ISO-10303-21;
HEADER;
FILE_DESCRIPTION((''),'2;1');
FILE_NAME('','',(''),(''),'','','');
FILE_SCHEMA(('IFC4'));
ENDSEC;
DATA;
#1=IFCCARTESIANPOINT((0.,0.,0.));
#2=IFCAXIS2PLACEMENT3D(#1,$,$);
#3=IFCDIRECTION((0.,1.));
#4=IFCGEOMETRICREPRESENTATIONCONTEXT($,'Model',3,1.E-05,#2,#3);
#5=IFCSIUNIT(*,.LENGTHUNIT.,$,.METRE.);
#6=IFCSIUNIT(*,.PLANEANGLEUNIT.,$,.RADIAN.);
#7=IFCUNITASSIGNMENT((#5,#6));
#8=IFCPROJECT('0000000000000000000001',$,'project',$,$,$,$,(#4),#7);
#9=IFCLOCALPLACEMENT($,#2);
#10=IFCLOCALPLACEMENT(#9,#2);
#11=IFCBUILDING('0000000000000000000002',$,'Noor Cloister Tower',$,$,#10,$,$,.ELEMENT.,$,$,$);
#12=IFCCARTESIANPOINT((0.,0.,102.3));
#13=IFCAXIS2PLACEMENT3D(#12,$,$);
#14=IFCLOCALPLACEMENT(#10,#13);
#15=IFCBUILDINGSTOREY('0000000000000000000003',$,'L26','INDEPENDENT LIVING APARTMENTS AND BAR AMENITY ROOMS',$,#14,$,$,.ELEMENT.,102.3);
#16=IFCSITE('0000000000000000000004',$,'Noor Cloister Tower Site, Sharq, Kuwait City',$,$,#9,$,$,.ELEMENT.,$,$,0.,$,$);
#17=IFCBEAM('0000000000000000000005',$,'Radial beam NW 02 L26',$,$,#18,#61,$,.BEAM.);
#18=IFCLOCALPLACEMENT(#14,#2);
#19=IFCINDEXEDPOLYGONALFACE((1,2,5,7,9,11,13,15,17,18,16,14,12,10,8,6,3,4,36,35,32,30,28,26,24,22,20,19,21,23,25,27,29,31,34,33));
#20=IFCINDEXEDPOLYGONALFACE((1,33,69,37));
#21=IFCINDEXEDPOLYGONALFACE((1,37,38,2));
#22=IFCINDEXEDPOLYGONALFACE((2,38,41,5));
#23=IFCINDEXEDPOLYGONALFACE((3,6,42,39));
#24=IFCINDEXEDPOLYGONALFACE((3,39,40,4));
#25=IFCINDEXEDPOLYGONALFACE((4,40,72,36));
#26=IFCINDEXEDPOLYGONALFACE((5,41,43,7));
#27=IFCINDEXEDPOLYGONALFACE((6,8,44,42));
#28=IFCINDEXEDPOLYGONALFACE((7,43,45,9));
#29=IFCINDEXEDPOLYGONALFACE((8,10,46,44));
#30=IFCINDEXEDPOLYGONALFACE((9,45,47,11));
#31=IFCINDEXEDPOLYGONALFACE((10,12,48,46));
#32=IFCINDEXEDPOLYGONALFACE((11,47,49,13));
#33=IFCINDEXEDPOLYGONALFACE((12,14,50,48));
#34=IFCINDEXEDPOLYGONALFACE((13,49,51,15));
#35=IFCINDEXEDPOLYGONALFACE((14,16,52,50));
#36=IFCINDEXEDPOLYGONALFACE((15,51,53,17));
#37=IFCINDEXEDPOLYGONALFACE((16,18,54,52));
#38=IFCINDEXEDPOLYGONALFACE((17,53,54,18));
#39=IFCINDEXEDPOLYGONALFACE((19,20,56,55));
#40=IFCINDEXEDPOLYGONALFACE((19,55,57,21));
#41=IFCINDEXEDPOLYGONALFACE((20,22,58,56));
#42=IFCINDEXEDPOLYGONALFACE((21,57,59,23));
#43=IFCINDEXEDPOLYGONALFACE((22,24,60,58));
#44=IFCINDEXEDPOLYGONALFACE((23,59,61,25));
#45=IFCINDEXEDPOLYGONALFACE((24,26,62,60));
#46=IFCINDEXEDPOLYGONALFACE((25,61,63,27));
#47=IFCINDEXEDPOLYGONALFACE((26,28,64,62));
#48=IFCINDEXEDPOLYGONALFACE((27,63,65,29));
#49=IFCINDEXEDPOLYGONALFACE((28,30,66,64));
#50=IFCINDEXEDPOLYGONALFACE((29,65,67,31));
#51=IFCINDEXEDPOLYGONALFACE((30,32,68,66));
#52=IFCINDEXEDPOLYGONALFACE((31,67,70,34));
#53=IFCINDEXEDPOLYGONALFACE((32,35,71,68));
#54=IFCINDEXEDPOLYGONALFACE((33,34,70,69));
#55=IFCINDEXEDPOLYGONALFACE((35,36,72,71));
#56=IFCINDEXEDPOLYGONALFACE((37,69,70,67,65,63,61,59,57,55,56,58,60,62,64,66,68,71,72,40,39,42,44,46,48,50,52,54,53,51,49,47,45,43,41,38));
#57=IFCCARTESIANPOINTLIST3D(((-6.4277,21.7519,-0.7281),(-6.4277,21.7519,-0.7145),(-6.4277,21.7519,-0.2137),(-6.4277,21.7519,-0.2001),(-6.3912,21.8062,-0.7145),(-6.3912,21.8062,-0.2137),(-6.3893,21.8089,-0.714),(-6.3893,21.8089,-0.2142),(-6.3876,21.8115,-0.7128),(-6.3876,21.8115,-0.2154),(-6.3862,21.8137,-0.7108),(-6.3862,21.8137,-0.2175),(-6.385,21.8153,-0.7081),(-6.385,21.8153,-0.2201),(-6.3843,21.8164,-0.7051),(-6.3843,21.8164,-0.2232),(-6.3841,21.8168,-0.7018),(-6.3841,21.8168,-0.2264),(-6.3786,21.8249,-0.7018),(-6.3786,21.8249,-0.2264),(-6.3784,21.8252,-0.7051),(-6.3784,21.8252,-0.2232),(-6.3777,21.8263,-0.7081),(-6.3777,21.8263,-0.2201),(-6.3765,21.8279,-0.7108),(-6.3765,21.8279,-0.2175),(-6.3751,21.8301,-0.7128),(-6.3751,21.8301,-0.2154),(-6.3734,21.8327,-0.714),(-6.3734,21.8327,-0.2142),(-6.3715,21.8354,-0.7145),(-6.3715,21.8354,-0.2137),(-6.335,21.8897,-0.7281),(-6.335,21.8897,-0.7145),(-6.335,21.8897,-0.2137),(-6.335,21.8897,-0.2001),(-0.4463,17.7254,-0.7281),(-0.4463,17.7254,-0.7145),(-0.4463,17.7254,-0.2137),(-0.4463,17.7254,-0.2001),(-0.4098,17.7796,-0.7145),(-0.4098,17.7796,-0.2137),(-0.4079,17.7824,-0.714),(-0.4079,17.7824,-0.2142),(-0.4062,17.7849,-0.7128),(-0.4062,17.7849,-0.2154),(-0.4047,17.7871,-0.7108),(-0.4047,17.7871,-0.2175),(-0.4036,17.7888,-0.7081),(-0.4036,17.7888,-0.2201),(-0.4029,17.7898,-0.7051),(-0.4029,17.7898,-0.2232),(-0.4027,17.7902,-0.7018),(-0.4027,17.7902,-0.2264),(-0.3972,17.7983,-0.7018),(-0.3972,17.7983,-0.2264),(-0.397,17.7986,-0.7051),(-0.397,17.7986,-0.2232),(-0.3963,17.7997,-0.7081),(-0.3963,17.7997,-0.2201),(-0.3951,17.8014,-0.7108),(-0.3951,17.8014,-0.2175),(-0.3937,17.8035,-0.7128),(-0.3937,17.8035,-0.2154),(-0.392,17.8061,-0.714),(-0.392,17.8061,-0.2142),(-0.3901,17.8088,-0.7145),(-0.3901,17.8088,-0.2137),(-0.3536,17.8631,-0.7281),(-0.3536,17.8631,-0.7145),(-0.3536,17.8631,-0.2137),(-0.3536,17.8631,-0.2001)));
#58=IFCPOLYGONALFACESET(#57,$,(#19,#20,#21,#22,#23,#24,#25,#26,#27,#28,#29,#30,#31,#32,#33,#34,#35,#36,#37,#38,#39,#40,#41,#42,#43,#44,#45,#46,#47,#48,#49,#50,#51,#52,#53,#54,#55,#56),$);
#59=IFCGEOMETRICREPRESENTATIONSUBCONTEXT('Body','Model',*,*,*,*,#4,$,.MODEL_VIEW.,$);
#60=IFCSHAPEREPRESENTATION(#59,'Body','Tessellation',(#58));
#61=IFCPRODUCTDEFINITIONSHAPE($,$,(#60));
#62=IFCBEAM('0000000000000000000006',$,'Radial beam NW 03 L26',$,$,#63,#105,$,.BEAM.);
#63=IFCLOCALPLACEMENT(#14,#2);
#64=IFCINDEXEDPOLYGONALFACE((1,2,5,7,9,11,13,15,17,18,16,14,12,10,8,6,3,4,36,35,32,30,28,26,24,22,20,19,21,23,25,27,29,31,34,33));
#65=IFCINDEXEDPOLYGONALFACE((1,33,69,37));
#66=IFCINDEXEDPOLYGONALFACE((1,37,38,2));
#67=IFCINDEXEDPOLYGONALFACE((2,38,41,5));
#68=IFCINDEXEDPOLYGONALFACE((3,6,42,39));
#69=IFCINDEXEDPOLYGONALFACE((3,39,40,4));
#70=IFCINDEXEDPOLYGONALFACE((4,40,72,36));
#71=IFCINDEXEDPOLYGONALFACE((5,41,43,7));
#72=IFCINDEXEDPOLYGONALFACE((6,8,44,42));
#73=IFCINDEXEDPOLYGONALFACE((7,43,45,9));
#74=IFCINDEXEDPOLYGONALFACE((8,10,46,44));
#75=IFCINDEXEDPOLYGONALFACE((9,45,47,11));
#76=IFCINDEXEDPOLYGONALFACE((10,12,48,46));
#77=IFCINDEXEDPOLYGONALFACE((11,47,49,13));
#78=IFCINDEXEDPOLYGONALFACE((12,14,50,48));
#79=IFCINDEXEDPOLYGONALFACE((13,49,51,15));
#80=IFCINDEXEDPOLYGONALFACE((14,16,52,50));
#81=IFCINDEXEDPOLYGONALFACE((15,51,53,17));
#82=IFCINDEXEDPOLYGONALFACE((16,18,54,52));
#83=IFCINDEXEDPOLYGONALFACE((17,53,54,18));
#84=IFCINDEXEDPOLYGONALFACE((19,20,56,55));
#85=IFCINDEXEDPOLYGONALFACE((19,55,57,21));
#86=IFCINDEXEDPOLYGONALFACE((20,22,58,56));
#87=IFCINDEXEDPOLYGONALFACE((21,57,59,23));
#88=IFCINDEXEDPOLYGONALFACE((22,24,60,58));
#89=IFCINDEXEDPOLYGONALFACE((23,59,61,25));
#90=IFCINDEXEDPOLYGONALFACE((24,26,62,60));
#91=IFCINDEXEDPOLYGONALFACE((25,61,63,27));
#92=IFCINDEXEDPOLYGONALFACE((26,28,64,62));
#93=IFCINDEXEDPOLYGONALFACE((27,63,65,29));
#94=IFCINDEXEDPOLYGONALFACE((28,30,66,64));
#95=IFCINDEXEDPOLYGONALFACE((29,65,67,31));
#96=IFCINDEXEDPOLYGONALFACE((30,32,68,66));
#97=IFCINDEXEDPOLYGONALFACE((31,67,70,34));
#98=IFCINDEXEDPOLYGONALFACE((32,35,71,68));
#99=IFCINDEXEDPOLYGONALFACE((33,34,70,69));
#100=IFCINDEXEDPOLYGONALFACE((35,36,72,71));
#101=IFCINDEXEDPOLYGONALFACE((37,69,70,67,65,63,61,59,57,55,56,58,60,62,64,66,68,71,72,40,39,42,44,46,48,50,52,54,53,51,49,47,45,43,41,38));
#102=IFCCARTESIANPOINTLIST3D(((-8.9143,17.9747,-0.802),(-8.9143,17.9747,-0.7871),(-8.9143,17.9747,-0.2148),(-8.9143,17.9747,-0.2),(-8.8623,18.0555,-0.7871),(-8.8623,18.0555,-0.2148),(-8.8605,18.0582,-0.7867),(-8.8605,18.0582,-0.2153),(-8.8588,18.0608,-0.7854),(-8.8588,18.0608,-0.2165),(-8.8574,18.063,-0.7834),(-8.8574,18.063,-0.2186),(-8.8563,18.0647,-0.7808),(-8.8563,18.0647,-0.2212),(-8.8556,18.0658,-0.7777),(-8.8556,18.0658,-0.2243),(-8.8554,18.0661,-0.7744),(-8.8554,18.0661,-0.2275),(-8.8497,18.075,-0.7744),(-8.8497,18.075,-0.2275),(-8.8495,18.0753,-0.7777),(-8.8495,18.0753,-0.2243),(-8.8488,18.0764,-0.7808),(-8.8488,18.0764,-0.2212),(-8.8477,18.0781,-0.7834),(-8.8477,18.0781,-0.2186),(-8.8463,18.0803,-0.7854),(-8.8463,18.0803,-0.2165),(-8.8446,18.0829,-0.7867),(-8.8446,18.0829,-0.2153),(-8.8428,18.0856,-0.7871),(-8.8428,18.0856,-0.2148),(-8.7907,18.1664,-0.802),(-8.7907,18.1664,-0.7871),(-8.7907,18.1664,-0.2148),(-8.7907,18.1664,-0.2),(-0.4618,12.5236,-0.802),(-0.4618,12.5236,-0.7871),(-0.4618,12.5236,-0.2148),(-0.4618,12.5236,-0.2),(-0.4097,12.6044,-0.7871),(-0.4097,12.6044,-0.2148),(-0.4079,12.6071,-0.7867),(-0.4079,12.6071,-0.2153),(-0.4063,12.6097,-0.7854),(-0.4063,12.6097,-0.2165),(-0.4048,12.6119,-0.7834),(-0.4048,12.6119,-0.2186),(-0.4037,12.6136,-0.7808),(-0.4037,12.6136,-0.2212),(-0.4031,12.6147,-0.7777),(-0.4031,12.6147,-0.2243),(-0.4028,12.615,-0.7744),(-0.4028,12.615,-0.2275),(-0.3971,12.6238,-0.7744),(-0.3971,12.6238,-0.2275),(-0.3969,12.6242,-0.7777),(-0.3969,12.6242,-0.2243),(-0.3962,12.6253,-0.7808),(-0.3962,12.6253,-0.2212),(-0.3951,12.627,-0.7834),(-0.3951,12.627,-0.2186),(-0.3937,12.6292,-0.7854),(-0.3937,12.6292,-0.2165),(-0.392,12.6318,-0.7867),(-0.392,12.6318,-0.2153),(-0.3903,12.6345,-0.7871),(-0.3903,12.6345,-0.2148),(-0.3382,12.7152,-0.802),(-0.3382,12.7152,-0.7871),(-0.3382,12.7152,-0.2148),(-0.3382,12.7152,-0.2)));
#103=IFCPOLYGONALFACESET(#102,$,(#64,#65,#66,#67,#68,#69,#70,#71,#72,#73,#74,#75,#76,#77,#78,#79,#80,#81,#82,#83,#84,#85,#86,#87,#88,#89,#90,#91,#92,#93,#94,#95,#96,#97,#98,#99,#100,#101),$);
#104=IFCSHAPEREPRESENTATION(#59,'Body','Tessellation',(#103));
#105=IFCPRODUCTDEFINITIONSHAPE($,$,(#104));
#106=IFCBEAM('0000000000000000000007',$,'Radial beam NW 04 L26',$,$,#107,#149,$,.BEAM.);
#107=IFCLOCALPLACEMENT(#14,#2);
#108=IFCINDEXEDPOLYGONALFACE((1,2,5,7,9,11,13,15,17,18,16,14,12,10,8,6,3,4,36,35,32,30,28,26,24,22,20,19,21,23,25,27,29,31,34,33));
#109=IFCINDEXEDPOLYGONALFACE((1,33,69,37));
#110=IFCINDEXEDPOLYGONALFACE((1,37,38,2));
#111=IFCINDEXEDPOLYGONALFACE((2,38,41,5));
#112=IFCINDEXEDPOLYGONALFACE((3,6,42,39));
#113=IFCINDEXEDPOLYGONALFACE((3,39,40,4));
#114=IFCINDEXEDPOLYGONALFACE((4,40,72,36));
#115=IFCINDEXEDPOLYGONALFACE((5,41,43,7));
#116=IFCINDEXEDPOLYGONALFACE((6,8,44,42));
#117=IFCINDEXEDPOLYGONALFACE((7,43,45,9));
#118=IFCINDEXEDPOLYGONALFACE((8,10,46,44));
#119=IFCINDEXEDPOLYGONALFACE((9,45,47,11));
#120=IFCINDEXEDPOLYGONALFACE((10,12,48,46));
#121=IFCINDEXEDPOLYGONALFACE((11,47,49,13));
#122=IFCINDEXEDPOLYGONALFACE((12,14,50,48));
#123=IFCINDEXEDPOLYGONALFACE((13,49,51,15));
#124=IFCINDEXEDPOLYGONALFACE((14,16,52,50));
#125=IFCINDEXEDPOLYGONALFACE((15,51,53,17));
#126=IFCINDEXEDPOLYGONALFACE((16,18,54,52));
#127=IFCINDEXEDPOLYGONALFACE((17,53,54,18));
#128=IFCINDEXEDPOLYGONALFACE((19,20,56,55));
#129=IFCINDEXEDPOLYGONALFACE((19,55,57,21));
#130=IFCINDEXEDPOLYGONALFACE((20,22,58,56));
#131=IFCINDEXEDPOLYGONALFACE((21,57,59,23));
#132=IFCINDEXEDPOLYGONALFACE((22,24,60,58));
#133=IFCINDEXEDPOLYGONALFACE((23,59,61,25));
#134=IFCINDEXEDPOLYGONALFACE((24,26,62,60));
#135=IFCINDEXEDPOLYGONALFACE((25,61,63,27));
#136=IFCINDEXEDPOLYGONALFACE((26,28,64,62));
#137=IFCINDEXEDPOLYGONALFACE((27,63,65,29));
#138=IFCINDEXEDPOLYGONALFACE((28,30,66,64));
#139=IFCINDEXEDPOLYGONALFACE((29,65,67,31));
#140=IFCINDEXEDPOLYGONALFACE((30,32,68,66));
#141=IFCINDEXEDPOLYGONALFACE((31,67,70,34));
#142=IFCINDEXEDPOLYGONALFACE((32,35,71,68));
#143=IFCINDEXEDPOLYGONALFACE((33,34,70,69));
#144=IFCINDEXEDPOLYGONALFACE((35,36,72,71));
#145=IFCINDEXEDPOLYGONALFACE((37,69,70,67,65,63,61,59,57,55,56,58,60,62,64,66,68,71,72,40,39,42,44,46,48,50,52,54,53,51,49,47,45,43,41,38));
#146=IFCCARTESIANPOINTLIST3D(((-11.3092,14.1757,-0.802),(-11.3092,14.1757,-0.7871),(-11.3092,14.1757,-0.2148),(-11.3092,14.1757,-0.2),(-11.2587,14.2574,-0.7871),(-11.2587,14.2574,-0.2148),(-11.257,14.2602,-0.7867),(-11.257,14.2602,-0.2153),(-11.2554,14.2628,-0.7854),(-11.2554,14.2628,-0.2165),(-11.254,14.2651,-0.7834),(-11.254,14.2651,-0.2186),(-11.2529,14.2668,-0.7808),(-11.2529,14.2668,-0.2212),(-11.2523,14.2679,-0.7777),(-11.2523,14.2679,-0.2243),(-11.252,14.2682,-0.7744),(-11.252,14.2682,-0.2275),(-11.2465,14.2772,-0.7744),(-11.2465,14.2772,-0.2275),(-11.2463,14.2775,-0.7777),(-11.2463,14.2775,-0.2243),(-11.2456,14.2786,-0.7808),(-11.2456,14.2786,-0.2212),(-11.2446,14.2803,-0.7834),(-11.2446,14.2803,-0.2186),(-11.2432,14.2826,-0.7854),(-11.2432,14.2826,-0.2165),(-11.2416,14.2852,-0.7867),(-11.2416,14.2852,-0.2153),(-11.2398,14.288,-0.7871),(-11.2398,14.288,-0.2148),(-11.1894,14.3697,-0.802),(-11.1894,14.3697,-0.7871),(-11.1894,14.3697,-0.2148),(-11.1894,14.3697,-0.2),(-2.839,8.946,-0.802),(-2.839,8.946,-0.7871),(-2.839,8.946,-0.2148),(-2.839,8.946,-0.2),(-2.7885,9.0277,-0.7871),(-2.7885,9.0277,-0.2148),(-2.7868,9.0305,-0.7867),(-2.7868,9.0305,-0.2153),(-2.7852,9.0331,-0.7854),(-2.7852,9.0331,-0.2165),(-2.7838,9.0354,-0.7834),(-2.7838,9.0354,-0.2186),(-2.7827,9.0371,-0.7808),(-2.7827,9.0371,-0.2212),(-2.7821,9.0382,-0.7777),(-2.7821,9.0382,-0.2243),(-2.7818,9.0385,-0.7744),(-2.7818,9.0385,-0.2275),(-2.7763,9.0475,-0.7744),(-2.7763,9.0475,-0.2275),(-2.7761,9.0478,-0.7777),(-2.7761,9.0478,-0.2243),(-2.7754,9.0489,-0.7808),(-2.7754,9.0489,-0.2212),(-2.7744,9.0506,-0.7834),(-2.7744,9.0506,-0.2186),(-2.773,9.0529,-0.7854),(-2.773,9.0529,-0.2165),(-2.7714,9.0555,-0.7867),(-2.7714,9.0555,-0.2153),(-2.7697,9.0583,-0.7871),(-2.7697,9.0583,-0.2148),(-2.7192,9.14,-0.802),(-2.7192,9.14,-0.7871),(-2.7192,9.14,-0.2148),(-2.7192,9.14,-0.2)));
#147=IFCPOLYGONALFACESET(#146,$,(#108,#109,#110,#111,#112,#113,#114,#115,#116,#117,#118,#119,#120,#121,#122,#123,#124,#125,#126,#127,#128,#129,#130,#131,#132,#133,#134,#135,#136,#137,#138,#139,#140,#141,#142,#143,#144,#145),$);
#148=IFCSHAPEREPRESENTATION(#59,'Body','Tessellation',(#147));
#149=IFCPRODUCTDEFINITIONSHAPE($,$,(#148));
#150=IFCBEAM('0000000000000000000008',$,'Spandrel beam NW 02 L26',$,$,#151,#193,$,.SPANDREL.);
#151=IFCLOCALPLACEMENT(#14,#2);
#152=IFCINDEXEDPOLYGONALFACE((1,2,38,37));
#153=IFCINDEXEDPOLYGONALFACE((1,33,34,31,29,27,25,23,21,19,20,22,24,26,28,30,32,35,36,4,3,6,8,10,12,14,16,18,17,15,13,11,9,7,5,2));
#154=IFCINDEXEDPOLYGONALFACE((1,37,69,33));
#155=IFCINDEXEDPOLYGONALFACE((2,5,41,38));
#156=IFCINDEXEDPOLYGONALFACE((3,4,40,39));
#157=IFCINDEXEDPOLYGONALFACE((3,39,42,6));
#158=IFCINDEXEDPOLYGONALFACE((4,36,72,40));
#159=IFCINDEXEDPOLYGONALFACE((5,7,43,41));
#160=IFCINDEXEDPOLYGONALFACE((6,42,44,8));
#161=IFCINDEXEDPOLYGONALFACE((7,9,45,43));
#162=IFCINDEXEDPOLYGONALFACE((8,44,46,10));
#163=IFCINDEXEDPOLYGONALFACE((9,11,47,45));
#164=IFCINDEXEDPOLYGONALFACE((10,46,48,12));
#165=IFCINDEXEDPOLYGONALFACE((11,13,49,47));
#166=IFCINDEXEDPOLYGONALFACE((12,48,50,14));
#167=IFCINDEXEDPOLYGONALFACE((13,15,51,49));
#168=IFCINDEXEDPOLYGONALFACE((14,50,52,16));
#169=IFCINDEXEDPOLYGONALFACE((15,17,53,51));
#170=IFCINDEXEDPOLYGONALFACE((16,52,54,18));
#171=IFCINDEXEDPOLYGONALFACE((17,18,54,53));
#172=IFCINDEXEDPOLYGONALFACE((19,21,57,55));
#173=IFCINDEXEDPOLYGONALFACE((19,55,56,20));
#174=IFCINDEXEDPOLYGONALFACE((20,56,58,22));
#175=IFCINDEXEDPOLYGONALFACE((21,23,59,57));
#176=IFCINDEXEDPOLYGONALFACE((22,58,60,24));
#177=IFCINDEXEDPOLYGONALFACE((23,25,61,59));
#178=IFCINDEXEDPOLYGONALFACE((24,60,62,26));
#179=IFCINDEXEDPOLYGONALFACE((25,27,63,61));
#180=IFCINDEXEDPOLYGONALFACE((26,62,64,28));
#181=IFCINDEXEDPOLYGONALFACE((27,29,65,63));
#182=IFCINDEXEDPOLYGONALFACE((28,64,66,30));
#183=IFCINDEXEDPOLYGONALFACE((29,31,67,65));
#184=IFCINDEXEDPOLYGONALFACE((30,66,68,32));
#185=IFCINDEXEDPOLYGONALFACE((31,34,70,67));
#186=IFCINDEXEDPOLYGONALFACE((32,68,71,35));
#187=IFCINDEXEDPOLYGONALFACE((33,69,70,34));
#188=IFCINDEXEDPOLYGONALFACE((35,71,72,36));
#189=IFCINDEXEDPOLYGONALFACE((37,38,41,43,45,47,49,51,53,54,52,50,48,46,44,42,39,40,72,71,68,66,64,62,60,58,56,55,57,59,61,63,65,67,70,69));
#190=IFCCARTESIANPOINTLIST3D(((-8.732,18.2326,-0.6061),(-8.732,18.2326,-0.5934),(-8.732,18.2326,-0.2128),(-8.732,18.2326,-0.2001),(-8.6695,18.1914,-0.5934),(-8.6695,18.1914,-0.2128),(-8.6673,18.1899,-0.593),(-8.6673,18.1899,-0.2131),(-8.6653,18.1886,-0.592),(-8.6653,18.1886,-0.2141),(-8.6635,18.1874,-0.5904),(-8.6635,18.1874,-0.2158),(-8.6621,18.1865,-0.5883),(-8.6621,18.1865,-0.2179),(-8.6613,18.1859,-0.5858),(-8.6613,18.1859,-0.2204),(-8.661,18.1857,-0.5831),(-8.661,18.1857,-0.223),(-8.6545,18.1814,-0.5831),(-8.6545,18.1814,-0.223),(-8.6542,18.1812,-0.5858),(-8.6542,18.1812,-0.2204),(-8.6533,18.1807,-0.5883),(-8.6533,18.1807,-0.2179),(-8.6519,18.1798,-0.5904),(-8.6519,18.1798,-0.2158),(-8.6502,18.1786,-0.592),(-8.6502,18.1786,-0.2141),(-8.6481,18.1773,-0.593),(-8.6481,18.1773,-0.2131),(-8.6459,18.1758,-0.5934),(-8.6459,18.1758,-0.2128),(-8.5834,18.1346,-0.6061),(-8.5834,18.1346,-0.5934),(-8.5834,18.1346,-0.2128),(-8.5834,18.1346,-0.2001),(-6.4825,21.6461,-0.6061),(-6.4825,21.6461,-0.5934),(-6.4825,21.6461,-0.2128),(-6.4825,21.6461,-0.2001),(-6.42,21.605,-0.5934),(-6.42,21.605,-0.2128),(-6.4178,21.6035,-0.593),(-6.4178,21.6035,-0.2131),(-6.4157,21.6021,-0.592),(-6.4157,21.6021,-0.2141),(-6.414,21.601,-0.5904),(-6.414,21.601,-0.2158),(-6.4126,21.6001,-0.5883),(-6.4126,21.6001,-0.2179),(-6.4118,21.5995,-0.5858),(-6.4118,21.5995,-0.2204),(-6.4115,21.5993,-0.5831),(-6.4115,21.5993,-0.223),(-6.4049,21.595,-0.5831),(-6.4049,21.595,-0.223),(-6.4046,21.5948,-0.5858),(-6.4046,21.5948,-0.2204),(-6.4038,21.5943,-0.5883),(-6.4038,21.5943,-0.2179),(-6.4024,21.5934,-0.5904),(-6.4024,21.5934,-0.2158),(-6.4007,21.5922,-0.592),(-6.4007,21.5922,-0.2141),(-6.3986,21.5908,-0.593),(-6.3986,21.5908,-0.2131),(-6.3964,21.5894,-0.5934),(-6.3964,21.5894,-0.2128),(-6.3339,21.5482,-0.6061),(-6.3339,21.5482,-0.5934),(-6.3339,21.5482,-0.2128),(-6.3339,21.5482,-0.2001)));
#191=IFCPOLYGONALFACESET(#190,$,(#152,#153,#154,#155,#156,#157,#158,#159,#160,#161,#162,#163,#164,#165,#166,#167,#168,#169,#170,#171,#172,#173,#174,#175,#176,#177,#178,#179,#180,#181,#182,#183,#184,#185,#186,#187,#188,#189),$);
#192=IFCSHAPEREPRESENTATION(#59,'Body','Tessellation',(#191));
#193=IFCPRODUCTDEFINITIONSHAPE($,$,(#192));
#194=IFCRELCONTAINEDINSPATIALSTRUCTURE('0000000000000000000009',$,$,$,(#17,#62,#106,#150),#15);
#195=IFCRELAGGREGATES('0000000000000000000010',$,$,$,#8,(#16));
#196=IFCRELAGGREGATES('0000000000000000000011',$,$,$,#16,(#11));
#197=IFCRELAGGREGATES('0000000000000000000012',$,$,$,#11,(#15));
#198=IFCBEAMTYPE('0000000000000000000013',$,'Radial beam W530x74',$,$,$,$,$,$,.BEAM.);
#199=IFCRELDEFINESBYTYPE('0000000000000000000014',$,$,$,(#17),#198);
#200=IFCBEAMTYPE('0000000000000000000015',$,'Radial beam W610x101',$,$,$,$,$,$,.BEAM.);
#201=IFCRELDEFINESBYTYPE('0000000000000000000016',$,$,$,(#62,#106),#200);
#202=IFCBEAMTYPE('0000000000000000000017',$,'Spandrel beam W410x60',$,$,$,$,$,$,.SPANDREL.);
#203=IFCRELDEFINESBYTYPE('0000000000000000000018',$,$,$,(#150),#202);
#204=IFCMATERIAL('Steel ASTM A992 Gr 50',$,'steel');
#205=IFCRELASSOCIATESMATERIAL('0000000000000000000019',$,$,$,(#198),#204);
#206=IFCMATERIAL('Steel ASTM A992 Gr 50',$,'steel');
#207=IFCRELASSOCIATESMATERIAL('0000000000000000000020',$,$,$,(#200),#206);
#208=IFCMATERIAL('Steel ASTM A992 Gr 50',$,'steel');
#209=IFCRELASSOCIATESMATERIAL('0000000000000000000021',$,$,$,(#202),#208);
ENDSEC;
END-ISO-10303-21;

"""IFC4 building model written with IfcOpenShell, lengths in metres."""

from ifc_helpers import new_model, si_unit, direction, frame, origin, origin_2d, place, context, subcontext, project, spatial, i_section, extrude, material, material_profile, profile_set, type_object, element, save


model = new_model("IFC4")

# Units and contexts
model_context = context("Model", 3, precision=1e-05, world=origin(), true_north=direction((0.0, 1.0)))
body_context = subcontext(model_context, "Body", "Model", "MODEL_VIEW")
ifc_project = project(units=[si_unit("LENGTHUNIT", "METRE"), si_unit("PLANEANGLEUNIT", "RADIAN")], contexts=[model_context])

# Site, building, storey
site_placement = place(None, origin())
site = spatial("IfcSite", under=ifc_project, at=site_placement, Name="Noor Cloister Tower Site, Sharq, Kuwait City", CompositionType="ELEMENT", RefElevation=0.0)
building_placement = place(site_placement, origin())
building = spatial("IfcBuilding", under=site, at=building_placement, Name="Noor Cloister Tower", CompositionType="ELEMENT")
storey_placement = place(building_placement, frame((0.0, 0.0, 102.3)))
storey = spatial("IfcBuildingStorey", under=building, at=storey_placement, Name="L26", Description="INDEPENDENT LIVING APARTMENTS AND BAR AMENITY ROOMS", CompositionType="ELEMENT", Elevation=102.3)

# Beams
ifc_material_1 = material(Name="Steel ASTM A992 Gr 50", Category="steel")
ifc_material_profile_1 = material_profile(ifc_material_1, i_section(OverallWidth=0.166, OverallDepth=0.5281, WebThickness=0.0098, FlangeThickness=0.0137, FilletRadius=0.0127, at=origin_2d()), Name="W530x74")
ifc_profile_set_1 = profile_set([ifc_material_profile_1], Name="Steel ASTM A992 Gr 50")
beam_type_1 = type_object("IfcBeamType", Name="Radial beam W530x74", PredefinedType="BEAM", material=ifc_profile_set_1)
beam_1_placement = place(storey_placement, frame((-6.3813, 21.8208, -0.4641), z_axis=(0.829547, -0.558437, 0.0), x_axis=(0.558437, 0.829547, 0.0)))
element("IfcBeam", 1, at=beam_1_placement, inside=storey, type_object=beam_type_1, Name="Radial beam NW 02 L26", PredefinedType="BEAM", context=body_context, shape_type="SweptSolid", body=[
    extrude(i_section(OverallWidth=0.166, OverallDepth=0.5281, WebThickness=0.0098, FlangeThickness=0.0137, FilletRadius=0.0127, at=origin_2d()), origin(), (0.0, 0.0, 1.0), 7.2104),
])
ifc_material_2 = material(Name="Steel ASTM A992 Gr 50", Category="steel")
ifc_material_profile_2 = material_profile(ifc_material_2, i_section(OverallWidth=0.228, OverallDepth=0.6021, WebThickness=0.0105, FlangeThickness=0.0149, FilletRadius=0.0127, at=origin_2d()), Name="W610x101")
ifc_profile_set_2 = profile_set([ifc_material_profile_2], Name="Steel ASTM A992 Gr 50")
beam_type_2 = type_object("IfcBeamType", Name="Radial beam W610x101", PredefinedType="BEAM", material=ifc_profile_set_2)
beam_2_placement = place(storey_placement, frame((-8.8525, 18.0706, -0.501), z_axis=(0.840394, -0.541976, 0.0), x_axis=(0.541976, 0.840394, 0.0)))
element("IfcBeam", 2, at=beam_2_placement, inside=storey, type_object=beam_type_2, Name="Radial beam NW 03 L26", PredefinedType="BEAM", context=body_context, shape_type="SweptSolid", body=[
    extrude(i_section(OverallWidth=0.228, OverallDepth=0.6021, WebThickness=0.0105, FlangeThickness=0.0149, FilletRadius=0.0127, at=origin_2d()), origin(), (0.0, 0.0, 1.0), 10.0579),
])
beam_3_placement = place(storey_placement, frame((-11.2493, 14.2727, -0.501), z_axis=(0.850882, -0.525357, 0.0), x_axis=(0.525357, 0.850882, 0.0)))
element("IfcBeam", 3, at=beam_3_placement, inside=storey, type_object=beam_type_2, Name="Radial beam NW 04 L26", PredefinedType="BEAM", context=body_context, shape_type="SweptSolid", body=[
    extrude(i_section(OverallWidth=0.228, OverallDepth=0.6021, WebThickness=0.0105, FlangeThickness=0.0149, FilletRadius=0.0127, at=origin_2d()), origin(), (0.0, 0.0, 1.0), 9.9546),
])
ifc_material_3 = material(Name="Steel ASTM A992 Gr 50", Category="steel")
ifc_material_profile_3 = material_profile(ifc_material_3, i_section(OverallWidth=0.178, OverallDepth=0.406, WebThickness=0.0078, FlangeThickness=0.0127, FilletRadius=0.0103, at=origin_2d()), Name="W410x60")
ifc_profile_set_3 = profile_set([ifc_material_profile_3], Name="Steel ASTM A992 Gr 50")
beam_type_3 = type_object("IfcBeamType", Name="Spandrel beam W410x60", PredefinedType="SPANDREL", material=ifc_profile_set_3)
for number, where, z_axis, x_axis, name in (
    (4, (-6.4082, 21.5972, -0.4031), (-0.550255, -0.834997, 0.0), (0.834997, -0.550255, 0.0), "Spandrel beam NW 02 L26"),
):
    element("IfcBeam", number, at=place(storey_placement, frame(where, z_axis=z_axis, x_axis=x_axis)), inside=storey, type_object=beam_type_3, Name=name, PredefinedType="SPANDREL", context=body_context, shape_type="SweptSolid", body=[
        extrude(i_section(OverallWidth=0.178, OverallDepth=0.406, WebThickness=0.0078, FlangeThickness=0.0127, FilletRadius=0.0103, at=origin_2d()), origin(), (0.0, 0.0, 1.0), 4.0881),
    ])

save(model, "model.ifc")
